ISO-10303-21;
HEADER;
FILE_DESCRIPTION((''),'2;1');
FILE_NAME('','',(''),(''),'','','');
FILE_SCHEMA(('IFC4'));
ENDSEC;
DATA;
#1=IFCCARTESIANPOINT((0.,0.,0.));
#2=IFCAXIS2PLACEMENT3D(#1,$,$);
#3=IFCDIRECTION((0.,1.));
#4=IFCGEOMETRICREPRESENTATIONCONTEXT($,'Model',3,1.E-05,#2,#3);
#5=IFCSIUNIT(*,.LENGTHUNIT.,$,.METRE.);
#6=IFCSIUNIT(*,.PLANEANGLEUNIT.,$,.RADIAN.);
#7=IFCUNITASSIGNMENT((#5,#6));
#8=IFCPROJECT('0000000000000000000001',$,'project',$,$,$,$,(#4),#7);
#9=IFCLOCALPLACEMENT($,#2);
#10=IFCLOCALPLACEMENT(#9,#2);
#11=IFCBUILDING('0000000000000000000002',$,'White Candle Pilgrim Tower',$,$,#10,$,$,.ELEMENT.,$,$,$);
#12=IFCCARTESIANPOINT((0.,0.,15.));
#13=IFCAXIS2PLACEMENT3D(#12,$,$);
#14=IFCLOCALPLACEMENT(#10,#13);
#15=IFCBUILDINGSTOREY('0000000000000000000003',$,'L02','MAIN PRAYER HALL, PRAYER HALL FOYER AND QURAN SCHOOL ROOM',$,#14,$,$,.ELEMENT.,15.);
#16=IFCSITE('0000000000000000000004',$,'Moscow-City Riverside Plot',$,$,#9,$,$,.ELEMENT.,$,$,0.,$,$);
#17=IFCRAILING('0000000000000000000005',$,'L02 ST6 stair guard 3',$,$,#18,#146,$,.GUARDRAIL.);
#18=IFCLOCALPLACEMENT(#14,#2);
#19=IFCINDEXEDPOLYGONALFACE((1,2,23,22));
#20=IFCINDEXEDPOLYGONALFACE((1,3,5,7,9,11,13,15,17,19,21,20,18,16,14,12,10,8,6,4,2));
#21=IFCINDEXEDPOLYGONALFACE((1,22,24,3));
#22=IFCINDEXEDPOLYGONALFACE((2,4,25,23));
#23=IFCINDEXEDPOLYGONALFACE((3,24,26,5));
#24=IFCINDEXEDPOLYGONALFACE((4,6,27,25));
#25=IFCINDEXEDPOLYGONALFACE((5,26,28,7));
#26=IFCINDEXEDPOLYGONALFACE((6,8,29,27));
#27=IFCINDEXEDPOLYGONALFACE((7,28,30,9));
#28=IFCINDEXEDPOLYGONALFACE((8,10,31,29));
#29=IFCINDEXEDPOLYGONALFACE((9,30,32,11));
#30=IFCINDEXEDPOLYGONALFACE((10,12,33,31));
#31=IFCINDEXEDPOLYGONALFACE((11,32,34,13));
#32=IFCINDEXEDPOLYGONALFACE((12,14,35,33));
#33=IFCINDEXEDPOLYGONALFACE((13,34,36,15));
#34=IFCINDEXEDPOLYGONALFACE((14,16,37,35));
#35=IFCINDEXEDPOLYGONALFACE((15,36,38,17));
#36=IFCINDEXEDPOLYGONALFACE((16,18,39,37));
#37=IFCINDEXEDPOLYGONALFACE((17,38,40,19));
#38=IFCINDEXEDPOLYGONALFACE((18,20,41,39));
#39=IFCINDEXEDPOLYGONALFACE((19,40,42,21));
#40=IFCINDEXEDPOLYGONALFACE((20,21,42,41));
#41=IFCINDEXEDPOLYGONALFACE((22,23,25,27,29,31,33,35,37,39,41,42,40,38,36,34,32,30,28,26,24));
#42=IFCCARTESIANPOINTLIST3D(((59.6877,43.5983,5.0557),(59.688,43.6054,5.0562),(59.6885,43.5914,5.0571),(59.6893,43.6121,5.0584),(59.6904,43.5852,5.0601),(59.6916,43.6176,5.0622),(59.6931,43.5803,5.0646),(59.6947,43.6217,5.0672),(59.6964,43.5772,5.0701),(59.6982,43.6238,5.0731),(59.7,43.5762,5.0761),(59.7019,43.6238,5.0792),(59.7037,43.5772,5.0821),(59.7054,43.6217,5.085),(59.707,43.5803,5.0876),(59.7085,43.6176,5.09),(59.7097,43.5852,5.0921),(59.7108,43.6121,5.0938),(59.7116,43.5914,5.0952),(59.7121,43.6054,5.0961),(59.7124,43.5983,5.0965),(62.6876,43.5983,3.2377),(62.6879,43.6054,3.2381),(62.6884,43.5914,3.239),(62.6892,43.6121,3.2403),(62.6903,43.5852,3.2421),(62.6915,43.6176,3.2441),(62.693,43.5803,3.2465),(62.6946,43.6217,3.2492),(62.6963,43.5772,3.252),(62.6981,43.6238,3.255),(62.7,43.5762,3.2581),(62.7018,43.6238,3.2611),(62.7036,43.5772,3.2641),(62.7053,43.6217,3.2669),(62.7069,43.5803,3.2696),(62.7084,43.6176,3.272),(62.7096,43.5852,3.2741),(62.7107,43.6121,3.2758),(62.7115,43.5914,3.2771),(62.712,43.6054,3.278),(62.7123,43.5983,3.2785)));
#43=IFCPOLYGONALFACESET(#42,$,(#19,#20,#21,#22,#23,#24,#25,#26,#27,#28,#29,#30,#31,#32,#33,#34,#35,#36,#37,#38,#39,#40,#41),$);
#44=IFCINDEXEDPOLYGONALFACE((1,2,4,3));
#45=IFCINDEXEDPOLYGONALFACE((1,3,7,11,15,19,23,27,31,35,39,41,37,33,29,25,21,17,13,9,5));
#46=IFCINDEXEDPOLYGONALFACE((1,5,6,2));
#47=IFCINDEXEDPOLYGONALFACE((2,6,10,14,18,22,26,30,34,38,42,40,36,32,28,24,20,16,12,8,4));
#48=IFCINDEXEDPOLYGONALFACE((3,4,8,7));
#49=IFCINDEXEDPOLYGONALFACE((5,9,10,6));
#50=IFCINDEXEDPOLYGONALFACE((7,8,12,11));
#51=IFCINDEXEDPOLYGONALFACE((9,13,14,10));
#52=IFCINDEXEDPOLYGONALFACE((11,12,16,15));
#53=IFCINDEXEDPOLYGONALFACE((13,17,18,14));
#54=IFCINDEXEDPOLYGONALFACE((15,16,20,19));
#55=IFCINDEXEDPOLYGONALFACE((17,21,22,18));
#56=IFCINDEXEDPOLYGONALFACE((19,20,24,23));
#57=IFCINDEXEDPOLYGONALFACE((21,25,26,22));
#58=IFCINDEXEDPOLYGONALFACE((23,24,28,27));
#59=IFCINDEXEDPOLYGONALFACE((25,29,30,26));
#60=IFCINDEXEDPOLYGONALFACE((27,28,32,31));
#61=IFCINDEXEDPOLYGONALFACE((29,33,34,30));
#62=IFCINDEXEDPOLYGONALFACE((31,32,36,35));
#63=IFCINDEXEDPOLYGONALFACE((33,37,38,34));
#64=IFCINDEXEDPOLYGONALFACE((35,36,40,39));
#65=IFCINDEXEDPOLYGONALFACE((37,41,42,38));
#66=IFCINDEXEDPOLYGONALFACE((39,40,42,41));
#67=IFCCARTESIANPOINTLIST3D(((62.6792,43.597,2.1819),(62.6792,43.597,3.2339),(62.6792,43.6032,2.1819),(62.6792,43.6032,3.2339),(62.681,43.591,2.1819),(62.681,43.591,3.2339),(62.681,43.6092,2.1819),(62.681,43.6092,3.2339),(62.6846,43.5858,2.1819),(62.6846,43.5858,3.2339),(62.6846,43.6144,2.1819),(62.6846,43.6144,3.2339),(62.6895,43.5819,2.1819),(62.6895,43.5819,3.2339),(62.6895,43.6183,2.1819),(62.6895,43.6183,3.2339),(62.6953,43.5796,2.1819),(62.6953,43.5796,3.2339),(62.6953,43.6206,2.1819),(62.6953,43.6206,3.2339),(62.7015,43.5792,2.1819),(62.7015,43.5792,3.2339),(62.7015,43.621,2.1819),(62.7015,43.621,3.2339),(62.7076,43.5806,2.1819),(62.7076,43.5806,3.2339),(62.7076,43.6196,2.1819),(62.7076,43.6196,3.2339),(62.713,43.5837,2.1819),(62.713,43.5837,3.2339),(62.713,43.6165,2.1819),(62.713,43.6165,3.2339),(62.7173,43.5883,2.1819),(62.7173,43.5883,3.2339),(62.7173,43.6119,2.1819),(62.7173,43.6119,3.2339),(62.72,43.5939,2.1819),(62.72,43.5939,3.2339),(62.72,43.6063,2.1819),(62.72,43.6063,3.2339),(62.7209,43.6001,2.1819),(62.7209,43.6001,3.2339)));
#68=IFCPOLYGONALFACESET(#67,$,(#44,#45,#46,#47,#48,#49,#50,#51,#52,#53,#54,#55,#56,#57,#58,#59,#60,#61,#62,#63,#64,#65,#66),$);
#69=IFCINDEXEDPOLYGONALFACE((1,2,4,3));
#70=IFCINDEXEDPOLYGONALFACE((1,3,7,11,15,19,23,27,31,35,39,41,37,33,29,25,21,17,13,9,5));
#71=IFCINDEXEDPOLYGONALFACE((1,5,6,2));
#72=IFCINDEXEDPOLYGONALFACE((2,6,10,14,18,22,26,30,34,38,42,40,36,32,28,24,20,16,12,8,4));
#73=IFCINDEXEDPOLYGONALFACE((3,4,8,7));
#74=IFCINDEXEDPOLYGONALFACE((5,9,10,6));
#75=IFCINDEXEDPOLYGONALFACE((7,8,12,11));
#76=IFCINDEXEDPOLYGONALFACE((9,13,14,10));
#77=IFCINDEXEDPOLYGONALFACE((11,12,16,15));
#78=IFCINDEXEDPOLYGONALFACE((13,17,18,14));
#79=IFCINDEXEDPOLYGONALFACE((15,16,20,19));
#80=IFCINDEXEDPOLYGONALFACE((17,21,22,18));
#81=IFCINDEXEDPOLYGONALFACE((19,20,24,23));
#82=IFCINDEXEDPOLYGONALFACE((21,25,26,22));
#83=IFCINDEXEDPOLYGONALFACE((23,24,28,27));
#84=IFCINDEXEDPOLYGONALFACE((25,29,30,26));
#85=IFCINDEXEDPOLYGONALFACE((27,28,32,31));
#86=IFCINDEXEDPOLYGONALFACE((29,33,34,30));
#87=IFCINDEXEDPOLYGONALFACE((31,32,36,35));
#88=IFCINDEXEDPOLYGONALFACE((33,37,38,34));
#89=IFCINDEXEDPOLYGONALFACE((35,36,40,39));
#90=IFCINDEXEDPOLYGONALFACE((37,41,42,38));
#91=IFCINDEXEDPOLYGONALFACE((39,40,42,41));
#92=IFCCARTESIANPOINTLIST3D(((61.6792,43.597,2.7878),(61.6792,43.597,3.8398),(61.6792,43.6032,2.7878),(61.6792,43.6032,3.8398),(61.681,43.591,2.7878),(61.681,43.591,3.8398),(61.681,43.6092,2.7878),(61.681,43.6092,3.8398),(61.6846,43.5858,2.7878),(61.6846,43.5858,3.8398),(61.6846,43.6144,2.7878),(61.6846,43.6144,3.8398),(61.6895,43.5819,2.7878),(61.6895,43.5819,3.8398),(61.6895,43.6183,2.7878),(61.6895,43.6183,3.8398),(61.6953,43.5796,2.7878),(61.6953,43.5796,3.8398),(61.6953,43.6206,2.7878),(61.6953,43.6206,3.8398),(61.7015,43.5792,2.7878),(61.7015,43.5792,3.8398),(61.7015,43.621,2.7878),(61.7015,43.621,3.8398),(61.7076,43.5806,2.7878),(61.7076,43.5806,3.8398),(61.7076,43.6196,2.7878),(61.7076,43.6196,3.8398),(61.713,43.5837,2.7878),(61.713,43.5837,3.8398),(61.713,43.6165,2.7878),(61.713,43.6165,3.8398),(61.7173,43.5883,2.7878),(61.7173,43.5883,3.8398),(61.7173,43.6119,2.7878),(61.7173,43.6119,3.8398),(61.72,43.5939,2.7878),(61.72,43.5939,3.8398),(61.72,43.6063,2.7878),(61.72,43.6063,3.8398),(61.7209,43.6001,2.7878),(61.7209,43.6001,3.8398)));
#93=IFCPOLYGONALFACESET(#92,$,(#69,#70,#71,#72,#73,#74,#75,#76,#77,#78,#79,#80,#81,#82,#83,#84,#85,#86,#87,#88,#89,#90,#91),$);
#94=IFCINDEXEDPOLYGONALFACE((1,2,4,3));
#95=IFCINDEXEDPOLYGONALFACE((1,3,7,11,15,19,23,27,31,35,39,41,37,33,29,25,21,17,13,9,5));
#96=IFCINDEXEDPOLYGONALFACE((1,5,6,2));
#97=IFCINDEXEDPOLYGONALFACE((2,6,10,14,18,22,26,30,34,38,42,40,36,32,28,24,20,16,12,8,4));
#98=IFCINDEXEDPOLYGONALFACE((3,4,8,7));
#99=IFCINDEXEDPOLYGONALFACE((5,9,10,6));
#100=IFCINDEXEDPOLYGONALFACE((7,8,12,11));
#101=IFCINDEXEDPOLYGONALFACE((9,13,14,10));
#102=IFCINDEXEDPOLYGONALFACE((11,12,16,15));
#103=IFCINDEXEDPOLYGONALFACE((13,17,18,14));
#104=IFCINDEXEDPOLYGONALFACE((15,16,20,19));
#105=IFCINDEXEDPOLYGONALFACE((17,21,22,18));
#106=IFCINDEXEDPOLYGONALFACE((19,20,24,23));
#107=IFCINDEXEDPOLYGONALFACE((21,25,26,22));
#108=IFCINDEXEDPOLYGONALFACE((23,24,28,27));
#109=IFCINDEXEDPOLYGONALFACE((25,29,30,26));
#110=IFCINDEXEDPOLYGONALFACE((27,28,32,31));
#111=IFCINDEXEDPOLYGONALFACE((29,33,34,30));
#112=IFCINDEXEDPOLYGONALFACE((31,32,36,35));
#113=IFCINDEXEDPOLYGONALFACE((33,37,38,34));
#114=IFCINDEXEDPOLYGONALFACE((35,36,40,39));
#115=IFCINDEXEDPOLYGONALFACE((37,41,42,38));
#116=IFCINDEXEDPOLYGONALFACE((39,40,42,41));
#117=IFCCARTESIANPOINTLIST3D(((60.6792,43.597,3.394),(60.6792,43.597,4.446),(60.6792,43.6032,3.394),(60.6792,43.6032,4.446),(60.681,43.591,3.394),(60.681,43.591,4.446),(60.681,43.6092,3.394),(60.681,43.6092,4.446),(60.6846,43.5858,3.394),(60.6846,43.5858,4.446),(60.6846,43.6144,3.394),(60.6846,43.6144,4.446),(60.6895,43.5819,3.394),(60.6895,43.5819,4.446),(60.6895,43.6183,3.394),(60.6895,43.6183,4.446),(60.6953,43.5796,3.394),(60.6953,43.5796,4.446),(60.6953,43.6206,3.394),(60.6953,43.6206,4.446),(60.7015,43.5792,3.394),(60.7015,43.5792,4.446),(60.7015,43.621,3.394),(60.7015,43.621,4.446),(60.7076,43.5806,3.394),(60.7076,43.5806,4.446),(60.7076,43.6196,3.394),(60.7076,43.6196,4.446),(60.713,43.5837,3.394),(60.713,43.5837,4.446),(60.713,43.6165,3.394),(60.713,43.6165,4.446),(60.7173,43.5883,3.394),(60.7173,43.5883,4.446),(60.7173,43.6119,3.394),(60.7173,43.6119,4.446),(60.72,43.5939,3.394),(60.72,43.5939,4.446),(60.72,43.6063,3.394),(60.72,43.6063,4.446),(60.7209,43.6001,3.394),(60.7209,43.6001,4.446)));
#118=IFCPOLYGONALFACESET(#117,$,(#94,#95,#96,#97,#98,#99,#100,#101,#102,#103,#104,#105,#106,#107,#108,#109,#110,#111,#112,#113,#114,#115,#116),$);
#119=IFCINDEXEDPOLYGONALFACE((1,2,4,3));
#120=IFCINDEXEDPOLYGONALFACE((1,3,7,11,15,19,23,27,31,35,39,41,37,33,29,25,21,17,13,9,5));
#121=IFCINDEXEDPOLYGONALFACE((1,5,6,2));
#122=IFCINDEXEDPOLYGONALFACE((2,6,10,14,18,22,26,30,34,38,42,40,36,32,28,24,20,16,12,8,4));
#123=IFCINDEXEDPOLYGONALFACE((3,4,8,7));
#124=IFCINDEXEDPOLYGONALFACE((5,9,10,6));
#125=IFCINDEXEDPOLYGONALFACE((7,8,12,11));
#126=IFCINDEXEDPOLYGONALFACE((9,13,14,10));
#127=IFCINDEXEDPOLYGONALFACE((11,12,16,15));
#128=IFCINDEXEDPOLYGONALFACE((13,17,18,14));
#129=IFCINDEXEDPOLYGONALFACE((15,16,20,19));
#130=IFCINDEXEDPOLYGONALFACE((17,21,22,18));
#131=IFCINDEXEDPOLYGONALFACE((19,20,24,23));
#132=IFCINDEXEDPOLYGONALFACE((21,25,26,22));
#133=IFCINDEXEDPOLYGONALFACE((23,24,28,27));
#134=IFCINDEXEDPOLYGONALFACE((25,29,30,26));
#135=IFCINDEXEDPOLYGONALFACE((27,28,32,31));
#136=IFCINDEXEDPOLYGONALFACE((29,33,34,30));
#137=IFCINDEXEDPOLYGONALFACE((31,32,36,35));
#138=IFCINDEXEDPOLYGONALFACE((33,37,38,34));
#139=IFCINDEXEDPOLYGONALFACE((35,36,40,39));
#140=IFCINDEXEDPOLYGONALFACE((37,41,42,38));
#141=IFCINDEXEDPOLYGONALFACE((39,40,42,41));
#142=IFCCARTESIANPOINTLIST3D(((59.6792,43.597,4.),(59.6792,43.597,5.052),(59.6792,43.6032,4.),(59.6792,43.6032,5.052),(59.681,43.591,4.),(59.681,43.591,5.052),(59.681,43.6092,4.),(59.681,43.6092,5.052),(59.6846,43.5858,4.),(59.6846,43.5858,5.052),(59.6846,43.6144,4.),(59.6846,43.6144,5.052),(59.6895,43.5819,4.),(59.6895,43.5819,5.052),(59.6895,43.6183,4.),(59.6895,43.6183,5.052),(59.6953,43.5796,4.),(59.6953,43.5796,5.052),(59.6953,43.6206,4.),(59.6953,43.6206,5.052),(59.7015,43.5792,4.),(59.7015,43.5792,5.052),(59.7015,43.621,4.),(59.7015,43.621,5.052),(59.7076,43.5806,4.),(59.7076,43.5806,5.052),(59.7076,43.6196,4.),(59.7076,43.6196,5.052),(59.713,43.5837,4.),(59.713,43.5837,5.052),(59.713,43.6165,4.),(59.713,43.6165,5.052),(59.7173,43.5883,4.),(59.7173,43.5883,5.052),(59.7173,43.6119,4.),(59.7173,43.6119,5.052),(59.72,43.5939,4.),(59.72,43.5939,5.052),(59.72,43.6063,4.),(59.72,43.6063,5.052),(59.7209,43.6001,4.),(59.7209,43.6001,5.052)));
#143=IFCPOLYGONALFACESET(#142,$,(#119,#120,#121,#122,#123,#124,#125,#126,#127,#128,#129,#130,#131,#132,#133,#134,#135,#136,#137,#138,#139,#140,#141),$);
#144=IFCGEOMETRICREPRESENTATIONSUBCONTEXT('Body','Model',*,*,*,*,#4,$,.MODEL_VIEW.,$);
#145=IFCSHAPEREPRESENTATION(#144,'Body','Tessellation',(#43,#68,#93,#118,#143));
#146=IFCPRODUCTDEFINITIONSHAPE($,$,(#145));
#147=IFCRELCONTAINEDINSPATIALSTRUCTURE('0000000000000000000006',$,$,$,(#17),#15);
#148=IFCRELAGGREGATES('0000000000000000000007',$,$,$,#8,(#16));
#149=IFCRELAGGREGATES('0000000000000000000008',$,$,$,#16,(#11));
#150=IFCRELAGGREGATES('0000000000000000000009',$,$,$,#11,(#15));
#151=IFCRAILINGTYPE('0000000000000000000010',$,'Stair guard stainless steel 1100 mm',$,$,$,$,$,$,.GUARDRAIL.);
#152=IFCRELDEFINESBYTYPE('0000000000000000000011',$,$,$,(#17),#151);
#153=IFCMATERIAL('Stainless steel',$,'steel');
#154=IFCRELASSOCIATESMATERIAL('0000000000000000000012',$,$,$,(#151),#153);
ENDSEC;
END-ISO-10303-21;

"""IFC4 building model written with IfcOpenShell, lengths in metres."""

from ifc_helpers import new_model, si_unit, direction, frame, origin, origin_2d, place, context, subcontext, project, spatial, circle, extrude, material, type_object, element, save


model = new_model("IFC4")

# Units and contexts
model_context = context("Model", 3, precision=1e-05, world=origin(), true_north=direction((0.0, 1.0)))
body_context = subcontext(model_context, "Body", "Model", "MODEL_VIEW")
ifc_project = project(units=[si_unit("LENGTHUNIT", "METRE"), si_unit("PLANEANGLEUNIT", "RADIAN")], contexts=[model_context])

# Site, building, storey
site_placement = place(None, origin())
site = spatial("IfcSite", under=ifc_project, at=site_placement, Name="Moscow-City Riverside Plot", CompositionType="ELEMENT", RefElevation=0.0)
building_placement = place(site_placement, origin())
building = spatial("IfcBuilding", under=site, at=building_placement, Name="White Candle Pilgrim Tower", CompositionType="ELEMENT")
storey_placement = place(building_placement, frame((0.0, 0.0, 15.0)))
storey = spatial("IfcBuildingStorey", under=building, at=storey_placement, Name="L02", Description="MAIN PRAYER HALL, PRAYER HALL FOYER AND QURAN SCHOOL ROOM", CompositionType="ELEMENT", Elevation=15.0)

# Railing
ifc_material_1 = material(Name="Stainless steel", Category="steel")
railing_type_1 = type_object("IfcRailingType", Name="Stair guard stainless steel 1100 mm", PredefinedType="GUARDRAIL", material=ifc_material_1)
railing_1_placement = place(storey_placement, frame((62.7, 43.6001, 2.1819)))
element("IfcRailing", 1, at=railing_1_placement, inside=storey, type_object=railing_type_1, Name="L02 ST6 stair guard 3", PredefinedType="GUARDRAIL", context=body_context, shape_type="SweptSolid", body=[
    extrude(circle(Radius=0.0239, at=origin_2d()), frame((0.0, 0.0, 1.0762), z_axis=(-0.855206, 0.0, 0.518288), x_axis=(0.0, -1.0, 0.0)), (0.0, 0.0, 1.0), 3.5078),
    extrude(circle(Radius=0.021, at=origin_2d()), origin(), (0.0, 0.0, 1.0), 1.052),
    extrude(circle(Radius=0.021, at=origin_2d()), frame((-1.0, 0.0, 0.606)), (0.0, 0.0, 1.0), 1.052),
    extrude(circle(Radius=0.021, at=origin_2d()), frame((-2.0, 0.0, 1.2122)), (0.0, 0.0, 1.0), 1.052),
    extrude(circle(Radius=0.021, at=origin_2d()), frame((-3.0, 0.0, 1.8181)), (0.0, 0.0, 1.0), 1.052),
])

save(model, "model.ifc")
